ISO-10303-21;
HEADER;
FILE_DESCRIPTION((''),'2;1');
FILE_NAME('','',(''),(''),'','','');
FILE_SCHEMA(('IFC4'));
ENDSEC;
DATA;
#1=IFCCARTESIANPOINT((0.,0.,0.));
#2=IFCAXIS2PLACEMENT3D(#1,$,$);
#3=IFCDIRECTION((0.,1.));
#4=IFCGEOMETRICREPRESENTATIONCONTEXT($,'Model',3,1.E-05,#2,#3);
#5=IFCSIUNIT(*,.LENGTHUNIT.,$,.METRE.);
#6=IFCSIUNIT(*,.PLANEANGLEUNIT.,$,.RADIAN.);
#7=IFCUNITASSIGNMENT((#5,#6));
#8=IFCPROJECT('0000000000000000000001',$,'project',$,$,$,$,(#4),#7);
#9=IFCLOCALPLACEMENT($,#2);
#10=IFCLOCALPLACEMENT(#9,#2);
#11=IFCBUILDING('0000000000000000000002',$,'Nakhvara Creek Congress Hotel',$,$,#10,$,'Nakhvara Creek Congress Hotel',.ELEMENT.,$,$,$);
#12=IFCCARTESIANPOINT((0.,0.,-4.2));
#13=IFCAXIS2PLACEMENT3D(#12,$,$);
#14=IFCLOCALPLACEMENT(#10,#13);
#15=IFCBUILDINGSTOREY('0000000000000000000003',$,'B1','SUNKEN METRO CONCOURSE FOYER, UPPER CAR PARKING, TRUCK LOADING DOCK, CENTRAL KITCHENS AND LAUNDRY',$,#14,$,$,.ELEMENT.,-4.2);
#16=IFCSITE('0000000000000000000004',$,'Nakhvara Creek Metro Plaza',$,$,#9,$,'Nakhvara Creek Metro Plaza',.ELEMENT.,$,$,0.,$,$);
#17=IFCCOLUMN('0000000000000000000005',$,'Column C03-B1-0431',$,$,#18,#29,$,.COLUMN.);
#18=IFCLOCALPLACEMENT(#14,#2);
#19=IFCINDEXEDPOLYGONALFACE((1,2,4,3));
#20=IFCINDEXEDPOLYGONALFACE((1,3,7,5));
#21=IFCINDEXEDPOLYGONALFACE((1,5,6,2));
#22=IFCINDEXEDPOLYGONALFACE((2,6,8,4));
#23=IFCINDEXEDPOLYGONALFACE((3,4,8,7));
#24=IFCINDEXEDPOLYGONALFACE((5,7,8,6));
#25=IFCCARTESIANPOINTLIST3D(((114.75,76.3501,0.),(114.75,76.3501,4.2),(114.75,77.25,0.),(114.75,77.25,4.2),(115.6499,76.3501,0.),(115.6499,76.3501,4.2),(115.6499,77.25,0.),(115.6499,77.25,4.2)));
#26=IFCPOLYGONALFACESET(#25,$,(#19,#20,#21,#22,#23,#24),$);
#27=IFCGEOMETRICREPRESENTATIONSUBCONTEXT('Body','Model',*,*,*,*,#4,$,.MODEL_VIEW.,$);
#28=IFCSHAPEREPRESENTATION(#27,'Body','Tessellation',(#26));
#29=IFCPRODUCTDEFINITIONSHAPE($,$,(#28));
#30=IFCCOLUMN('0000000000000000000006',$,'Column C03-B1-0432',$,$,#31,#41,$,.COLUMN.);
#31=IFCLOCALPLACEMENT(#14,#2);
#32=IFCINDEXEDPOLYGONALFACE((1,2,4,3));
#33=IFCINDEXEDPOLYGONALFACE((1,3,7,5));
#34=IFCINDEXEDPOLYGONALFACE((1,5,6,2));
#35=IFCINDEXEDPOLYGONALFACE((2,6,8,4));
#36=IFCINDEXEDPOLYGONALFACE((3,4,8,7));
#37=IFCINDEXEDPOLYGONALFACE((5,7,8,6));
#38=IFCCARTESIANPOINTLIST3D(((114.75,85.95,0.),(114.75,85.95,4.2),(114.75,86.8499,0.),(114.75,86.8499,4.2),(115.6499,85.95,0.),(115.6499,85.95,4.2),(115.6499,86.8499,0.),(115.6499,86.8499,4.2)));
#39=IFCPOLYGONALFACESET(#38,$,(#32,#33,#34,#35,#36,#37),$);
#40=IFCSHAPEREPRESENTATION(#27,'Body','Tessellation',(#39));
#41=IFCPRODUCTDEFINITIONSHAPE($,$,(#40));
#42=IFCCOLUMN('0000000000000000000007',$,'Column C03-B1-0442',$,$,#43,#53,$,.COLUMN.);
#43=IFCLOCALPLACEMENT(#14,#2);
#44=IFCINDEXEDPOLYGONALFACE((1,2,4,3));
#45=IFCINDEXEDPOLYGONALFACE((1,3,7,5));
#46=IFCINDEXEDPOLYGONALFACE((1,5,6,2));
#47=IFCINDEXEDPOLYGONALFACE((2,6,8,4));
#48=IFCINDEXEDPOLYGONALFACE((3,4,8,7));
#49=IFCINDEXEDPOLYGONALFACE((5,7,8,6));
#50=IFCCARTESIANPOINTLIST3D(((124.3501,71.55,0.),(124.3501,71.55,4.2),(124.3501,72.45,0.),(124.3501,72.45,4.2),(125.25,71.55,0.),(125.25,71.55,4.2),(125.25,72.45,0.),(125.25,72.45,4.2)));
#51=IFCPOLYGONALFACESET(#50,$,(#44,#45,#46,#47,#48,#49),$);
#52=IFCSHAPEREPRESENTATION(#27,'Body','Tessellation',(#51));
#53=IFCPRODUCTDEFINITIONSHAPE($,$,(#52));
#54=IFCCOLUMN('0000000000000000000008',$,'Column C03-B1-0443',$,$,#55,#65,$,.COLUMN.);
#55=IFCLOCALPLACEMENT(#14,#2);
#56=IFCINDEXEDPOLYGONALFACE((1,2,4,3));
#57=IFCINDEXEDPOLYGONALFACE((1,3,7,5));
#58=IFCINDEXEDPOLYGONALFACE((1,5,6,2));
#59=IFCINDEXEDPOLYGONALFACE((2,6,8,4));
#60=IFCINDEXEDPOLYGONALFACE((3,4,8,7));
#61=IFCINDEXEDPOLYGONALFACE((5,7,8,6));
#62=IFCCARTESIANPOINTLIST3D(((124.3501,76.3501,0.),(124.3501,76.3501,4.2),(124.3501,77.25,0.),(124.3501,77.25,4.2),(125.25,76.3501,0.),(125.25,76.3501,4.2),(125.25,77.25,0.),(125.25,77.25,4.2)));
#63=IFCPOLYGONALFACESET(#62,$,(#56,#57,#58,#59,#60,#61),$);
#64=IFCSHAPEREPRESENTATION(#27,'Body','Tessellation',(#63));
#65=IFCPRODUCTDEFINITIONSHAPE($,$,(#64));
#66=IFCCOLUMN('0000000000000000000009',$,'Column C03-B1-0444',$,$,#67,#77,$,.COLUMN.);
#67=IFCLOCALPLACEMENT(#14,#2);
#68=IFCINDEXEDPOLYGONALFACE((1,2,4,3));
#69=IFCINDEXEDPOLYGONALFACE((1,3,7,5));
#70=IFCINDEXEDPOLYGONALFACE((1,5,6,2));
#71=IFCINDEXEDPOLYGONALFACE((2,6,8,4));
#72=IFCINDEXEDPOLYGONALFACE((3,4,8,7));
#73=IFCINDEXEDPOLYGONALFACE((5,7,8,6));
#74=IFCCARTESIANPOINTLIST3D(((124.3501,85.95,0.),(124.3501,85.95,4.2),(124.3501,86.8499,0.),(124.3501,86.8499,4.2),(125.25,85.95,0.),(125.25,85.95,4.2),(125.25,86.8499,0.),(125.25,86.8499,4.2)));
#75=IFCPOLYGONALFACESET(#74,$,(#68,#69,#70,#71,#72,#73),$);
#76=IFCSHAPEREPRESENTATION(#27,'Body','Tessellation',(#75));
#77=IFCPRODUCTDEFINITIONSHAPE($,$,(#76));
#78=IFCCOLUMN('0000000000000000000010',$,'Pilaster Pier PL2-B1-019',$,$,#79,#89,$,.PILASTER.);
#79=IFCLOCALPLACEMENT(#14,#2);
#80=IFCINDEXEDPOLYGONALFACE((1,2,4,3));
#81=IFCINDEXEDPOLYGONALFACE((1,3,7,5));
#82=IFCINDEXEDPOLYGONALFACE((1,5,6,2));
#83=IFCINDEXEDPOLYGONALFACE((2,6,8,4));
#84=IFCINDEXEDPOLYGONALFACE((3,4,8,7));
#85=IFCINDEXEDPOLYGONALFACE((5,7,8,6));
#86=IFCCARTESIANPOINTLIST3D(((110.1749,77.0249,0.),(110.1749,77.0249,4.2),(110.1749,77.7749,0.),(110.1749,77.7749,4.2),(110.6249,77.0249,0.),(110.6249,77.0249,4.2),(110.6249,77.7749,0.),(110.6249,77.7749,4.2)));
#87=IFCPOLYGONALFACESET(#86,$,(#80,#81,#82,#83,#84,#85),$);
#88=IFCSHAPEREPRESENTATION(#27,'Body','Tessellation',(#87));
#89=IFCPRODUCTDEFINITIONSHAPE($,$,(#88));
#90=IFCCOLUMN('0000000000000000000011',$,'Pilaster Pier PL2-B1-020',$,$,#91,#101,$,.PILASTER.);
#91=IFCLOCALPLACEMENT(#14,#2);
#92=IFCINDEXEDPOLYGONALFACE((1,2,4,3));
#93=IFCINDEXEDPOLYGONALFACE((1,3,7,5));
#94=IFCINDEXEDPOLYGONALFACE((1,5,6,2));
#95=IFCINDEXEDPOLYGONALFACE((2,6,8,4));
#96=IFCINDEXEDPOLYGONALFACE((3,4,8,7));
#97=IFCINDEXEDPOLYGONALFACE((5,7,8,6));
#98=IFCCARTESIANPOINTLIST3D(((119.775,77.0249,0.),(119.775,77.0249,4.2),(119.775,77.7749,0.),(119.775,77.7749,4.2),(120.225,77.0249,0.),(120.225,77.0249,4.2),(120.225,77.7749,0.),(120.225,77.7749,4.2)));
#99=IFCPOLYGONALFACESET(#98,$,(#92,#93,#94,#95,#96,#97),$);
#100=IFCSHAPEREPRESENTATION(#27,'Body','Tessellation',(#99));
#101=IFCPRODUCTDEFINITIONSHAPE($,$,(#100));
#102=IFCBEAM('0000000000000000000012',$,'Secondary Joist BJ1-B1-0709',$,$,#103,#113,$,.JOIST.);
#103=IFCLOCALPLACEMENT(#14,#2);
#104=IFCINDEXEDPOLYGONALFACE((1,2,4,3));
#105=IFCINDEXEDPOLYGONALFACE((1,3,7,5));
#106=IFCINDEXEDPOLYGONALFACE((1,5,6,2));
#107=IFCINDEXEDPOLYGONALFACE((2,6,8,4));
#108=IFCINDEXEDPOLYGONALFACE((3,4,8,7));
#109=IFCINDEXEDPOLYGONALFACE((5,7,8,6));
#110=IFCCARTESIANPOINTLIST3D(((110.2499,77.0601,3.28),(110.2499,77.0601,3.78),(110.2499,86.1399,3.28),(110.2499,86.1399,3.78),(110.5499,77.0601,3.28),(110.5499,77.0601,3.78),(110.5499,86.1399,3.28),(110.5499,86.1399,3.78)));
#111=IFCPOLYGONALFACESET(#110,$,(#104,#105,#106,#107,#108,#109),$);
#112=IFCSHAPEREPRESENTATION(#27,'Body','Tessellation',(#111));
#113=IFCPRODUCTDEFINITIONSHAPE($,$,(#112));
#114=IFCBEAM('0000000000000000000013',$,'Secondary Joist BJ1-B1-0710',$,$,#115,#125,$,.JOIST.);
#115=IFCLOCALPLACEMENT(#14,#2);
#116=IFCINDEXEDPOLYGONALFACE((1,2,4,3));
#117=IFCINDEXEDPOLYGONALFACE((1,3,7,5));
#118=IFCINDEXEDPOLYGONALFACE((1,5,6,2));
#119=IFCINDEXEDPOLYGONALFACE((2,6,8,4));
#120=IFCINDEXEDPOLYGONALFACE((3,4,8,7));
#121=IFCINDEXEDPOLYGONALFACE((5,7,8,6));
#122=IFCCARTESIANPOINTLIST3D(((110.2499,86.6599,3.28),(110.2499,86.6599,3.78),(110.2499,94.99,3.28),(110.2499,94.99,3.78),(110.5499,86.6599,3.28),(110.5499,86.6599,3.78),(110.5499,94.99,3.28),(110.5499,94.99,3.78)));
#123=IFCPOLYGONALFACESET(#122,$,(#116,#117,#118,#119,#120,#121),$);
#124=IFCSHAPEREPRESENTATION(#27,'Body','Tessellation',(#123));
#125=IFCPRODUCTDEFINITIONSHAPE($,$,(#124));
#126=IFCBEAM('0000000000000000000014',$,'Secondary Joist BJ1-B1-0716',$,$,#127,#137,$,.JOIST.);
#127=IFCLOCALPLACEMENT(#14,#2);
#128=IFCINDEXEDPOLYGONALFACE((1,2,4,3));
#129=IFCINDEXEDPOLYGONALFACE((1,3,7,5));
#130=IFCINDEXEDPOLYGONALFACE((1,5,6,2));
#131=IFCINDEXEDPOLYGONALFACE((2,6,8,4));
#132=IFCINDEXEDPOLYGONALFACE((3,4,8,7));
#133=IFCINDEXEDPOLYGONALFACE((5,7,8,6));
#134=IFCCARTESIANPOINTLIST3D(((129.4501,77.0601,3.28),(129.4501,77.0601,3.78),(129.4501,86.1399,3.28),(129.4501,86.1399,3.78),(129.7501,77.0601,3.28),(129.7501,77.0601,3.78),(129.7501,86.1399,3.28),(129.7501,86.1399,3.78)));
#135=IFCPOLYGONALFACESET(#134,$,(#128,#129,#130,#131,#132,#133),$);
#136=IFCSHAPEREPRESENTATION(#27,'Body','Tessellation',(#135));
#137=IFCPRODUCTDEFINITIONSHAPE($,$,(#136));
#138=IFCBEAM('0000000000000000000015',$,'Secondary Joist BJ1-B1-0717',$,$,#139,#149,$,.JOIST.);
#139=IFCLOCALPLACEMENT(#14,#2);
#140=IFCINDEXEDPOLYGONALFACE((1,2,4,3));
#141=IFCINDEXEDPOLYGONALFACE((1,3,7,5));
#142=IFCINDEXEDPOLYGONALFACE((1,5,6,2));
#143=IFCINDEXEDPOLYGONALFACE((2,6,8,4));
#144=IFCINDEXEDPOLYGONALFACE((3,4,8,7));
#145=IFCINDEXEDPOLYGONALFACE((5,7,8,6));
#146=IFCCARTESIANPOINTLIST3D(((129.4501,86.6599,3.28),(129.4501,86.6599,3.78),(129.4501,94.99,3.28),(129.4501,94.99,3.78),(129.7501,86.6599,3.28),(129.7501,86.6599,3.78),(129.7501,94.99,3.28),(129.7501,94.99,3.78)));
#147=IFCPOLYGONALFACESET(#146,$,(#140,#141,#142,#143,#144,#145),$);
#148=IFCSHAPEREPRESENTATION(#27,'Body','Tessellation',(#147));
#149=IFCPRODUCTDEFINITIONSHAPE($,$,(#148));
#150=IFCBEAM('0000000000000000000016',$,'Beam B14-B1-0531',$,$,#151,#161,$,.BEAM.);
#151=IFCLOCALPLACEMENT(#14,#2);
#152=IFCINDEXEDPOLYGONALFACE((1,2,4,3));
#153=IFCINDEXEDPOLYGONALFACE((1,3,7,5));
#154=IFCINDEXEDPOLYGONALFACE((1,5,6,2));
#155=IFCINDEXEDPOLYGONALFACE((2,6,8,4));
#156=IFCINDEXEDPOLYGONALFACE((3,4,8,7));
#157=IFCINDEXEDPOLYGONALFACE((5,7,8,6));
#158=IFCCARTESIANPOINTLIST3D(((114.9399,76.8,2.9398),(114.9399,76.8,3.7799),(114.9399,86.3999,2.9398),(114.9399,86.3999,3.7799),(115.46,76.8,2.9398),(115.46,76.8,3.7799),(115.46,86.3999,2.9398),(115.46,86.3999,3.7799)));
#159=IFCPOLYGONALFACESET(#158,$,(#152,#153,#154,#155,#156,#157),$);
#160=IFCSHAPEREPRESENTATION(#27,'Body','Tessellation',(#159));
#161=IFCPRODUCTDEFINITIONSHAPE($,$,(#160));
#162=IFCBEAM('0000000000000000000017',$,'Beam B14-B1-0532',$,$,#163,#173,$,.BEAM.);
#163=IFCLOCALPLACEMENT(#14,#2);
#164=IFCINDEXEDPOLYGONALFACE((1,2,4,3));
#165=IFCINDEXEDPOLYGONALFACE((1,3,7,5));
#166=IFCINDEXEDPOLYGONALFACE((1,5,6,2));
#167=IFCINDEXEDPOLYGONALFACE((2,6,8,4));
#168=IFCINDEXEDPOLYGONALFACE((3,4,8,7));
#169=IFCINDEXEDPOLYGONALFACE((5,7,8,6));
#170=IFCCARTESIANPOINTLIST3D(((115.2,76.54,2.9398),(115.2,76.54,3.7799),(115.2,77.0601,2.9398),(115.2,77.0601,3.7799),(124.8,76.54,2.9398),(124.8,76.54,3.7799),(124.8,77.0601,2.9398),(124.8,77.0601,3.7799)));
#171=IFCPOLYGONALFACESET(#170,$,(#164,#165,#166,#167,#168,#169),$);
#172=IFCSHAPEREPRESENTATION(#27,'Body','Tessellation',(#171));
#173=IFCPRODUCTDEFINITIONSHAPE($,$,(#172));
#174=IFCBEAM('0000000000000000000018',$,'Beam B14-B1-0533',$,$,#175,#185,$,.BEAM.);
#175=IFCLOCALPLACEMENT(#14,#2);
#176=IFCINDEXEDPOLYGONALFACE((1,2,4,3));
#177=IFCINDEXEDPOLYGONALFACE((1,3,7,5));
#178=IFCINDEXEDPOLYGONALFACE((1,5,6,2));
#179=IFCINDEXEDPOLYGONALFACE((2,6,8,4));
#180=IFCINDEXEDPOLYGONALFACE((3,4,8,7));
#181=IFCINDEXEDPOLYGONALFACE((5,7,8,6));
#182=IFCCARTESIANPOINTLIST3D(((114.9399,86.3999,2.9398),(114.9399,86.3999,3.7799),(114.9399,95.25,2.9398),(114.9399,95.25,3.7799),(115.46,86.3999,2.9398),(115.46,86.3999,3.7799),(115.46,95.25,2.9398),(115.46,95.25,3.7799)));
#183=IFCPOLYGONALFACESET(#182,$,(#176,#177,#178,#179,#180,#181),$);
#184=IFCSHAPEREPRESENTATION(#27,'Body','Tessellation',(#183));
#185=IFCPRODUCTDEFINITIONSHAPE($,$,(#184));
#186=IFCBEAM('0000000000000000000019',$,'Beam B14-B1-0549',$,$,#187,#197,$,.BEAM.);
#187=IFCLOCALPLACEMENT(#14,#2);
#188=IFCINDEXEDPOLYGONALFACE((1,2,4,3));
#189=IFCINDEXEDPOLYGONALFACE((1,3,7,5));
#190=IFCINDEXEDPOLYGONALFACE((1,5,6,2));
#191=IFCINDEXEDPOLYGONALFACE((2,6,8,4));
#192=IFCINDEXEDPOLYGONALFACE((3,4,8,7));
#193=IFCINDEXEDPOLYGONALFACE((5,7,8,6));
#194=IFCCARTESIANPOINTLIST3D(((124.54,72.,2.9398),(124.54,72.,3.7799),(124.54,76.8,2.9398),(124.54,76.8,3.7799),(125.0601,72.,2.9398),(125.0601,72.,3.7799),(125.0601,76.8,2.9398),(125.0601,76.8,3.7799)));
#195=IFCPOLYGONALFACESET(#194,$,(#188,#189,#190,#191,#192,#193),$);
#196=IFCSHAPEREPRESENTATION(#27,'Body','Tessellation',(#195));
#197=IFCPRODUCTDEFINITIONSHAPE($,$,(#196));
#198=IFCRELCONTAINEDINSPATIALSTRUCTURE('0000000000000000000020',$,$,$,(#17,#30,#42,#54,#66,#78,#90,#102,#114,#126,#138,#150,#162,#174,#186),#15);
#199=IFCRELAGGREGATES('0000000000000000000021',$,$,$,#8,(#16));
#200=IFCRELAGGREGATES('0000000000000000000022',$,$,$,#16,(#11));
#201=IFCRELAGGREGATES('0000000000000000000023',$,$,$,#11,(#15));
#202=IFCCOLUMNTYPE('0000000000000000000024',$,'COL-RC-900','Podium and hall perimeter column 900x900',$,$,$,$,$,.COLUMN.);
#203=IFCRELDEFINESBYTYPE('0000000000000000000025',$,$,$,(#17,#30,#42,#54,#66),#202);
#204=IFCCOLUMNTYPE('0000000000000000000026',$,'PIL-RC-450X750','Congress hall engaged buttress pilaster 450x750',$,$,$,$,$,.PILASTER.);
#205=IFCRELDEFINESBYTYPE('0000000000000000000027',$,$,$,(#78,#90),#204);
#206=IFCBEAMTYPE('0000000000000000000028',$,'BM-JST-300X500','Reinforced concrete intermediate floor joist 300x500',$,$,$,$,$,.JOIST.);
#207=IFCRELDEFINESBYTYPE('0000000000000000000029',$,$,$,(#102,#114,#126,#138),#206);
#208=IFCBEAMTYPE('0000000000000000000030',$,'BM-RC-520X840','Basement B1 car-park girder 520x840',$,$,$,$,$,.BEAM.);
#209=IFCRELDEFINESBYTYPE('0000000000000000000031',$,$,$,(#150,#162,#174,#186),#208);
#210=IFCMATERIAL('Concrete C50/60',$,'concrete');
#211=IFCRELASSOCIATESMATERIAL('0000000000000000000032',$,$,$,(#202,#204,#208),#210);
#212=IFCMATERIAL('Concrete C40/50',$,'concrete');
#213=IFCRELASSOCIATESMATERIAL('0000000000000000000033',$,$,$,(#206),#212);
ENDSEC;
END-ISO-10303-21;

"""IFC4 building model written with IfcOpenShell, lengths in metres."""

from ifc_helpers import new_model, si_unit, direction, frame, origin, origin_2d, place, context, subcontext, project, spatial, rectangle, extrude, material, material_profile, profile_set, type_object, element, save


model = new_model("IFC4")

# Units and contexts
model_context = context("Model", 3, precision=1e-05, world=origin(), true_north=direction((0.0, 1.0)))
body_context = subcontext(model_context, "Body", "Model", "MODEL_VIEW")
ifc_project = project(units=[si_unit("LENGTHUNIT", "METRE"), si_unit("PLANEANGLEUNIT", "RADIAN")], contexts=[model_context])

# Site, building, storey
site_placement = place(None, origin())
site = spatial("IfcSite", under=ifc_project, at=site_placement, Name="Nakhvara Creek Metro Plaza", LongName="Nakhvara Creek Metro Plaza", CompositionType="ELEMENT", RefElevation=0.0)
building_placement = place(site_placement, origin())
building = spatial("IfcBuilding", under=site, at=building_placement, Name="Nakhvara Creek Congress Hotel", LongName="Nakhvara Creek Congress Hotel", CompositionType="ELEMENT")
storey_placement = place(building_placement, frame((0.0, 0.0, -4.2)))
storey = spatial("IfcBuildingStorey", under=building, at=storey_placement, Name="B1", Description="SUNKEN METRO CONCOURSE FOYER, UPPER CAR PARKING, TRUCK LOADING DOCK, CENTRAL KITCHENS AND LAUNDRY", CompositionType="ELEMENT", Elevation=-4.2)

# Columns
ifc_material_1 = material(Name="Concrete C50/60", Category="concrete")
ifc_material_profile_1 = material_profile(ifc_material_1, rectangle(XDim=0.8999, YDim=0.8999, at=origin_2d()), Name="RC-COL 900x900", Category="LoadBearing")
ifc_profile_set_1 = profile_set([ifc_material_profile_1], Name="Concrete C50/60")
column_type_1 = type_object("IfcColumnType", Name="COL-RC-900", Description="Podium and hall perimeter column 900x900", PredefinedType="COLUMN", material=ifc_profile_set_1)
for number, where, z_axis, x_axis, name in (
    (1, (115.2, 76.8, 0.0), (0.0, 0.0, 1.0), (1.0, 0.0, 0.0), "Column C03-B1-0431"),
    (2, (115.2, 86.3999, 0.0), (0.0, 0.0, 1.0), (1.0, 0.0, 0.0), "Column C03-B1-0432"),
    (3, (124.8, 72.0, 0.0), (0.0, 0.0, 1.0), (1.0, 0.0, 0.0), "Column C03-B1-0442"),
    (4, (124.8, 76.8, 0.0), (0.0, 0.0, 1.0), (1.0, 0.0, 0.0), "Column C03-B1-0443"),
    (5, (124.8, 86.3999, 0.0), (0.0, 0.0, 1.0), (1.0, 0.0, 0.0), "Column C03-B1-0444"),
):
    element("IfcColumn", number, at=place(storey_placement, frame(where, z_axis=z_axis, x_axis=x_axis)), inside=storey, type_object=column_type_1, Name=name, PredefinedType="COLUMN", context=body_context, shape_type="SweptSolid", body=[
        extrude(rectangle(XDim=0.8999, YDim=0.8999, at=origin_2d()), origin(), (0.0, 0.0, 1.0), 4.2),
    ])
ifc_material_profile_2 = material_profile(ifc_material_1, rectangle(XDim=0.45, YDim=0.75, at=origin_2d()), Name="RC-PIL 450x750", Category="LoadBearing")
ifc_profile_set_2 = profile_set([ifc_material_profile_2], Name="Concrete C50/60")
column_type_2 = type_object("IfcColumnType", Name="PIL-RC-450X750", Description="Congress hall engaged buttress pilaster 450x750", PredefinedType="PILASTER", material=ifc_profile_set_2)
for number, where, z_axis, x_axis, name in (
    (6, (110.3999, 77.3999, 0.0), (0.0, 0.0, 1.0), (1.0, 0.0, 0.0), "Pilaster Pier PL2-B1-019"),
    (7, (120.0, 77.3999, 0.0), (0.0, 0.0, 1.0), (1.0, 0.0, 0.0), "Pilaster Pier PL2-B1-020"),
):
    element("IfcColumn", number, at=place(storey_placement, frame(where, z_axis=z_axis, x_axis=x_axis)), inside=storey, type_object=column_type_2, Name=name, PredefinedType="PILASTER", context=body_context, shape_type="SweptSolid", body=[
        extrude(rectangle(XDim=0.45, YDim=0.75, at=origin_2d()), origin(), (0.0, 0.0, 1.0), 4.2),
    ])

# Beams
ifc_material_2 = material(Name="Concrete C40/50", Category="concrete")
ifc_material_profile_3 = material_profile(ifc_material_2, rectangle(XDim=0.3, YDim=0.5, at=origin_2d()), Name="RC-BM 300x500", Category="LoadBearing")
ifc_profile_set_3 = profile_set([ifc_material_profile_3], Name="Concrete C40/50")
beam_type_1 = type_object("IfcBeamType", Name="BM-JST-300X500", Description="Reinforced concrete intermediate floor joist 300x500", PredefinedType="JOIST", material=ifc_profile_set_3)
beam_1_placement = place(storey_placement, frame((110.3999, 77.0601, 3.53), z_axis=(0.0, 1.0, 0.0), x_axis=(-1.0, 0.0, 0.0)))
element("IfcBeam", 8, at=beam_1_placement, inside=storey, type_object=beam_type_1, Name="Secondary Joist BJ1-B1-0709", PredefinedType="JOIST", context=body_context, shape_type="SweptSolid", body=[
    extrude(rectangle(XDim=0.3, YDim=0.5, at=origin_2d()), origin(), (0.0, 0.0, 1.0), 9.0798),
])
beam_2_placement = place(storey_placement, frame((110.3999, 86.6599, 3.53), z_axis=(0.0, 1.0, 0.0), x_axis=(-1.0, 0.0, 0.0)))
element("IfcBeam", 9, at=beam_2_placement, inside=storey, type_object=beam_type_1, Name="Secondary Joist BJ1-B1-0710", PredefinedType="JOIST", context=body_context, shape_type="SweptSolid", body=[
    extrude(rectangle(XDim=0.3, YDim=0.5, at=origin_2d()), origin(), (0.0, 0.0, 1.0), 8.3301),
])
beam_3_placement = place(storey_placement, frame((129.6001, 77.0601, 3.53), z_axis=(0.0, 1.0, 0.0), x_axis=(-1.0, 0.0, 0.0)))
element("IfcBeam", 10, at=beam_3_placement, inside=storey, type_object=beam_type_1, Name="Secondary Joist BJ1-B1-0716", PredefinedType="JOIST", context=body_context, shape_type="SweptSolid", body=[
    extrude(rectangle(XDim=0.3, YDim=0.5, at=origin_2d()), origin(), (0.0, 0.0, 1.0), 9.0798),
])
beam_4_placement = place(storey_placement, frame((129.6001, 86.6599, 3.53), z_axis=(0.0, 1.0, 0.0), x_axis=(-1.0, 0.0, 0.0)))
element("IfcBeam", 11, at=beam_4_placement, inside=storey, type_object=beam_type_1, Name="Secondary Joist BJ1-B1-0717", PredefinedType="JOIST", context=body_context, shape_type="SweptSolid", body=[
    extrude(rectangle(XDim=0.3, YDim=0.5, at=origin_2d()), origin(), (0.0, 0.0, 1.0), 8.3301),
])
ifc_material_profile_4 = material_profile(ifc_material_1, rectangle(XDim=0.52, YDim=0.8401, at=origin_2d()), Name="RC-BM 520x840", Category="LoadBearing")
ifc_profile_set_4 = profile_set([ifc_material_profile_4], Name="Concrete C50/60")
beam_type_2 = type_object("IfcBeamType", Name="BM-RC-520X840", Description="Basement B1 car-park girder 520x840", PredefinedType="BEAM", material=ifc_profile_set_4)
beam_5_placement = place(storey_placement, frame((115.2, 76.8, 3.3599), z_axis=(0.0, 1.0, 0.0), x_axis=(-1.0, 0.0, 0.0)))
element("IfcBeam", 12, at=beam_5_placement, inside=storey, type_object=beam_type_2, Name="Beam B14-B1-0531", PredefinedType="BEAM", context=body_context, shape_type="SweptSolid", body=[
    extrude(rectangle(XDim=0.52, YDim=0.8401, at=origin_2d()), origin(), (0.0, 0.0, 1.0), 9.5999),
])
beam_6_placement = place(storey_placement, frame((115.2, 76.8, 3.3599), z_axis=(1.0, 0.0, 0.0), x_axis=(0.0, 1.0, 0.0)))
element("IfcBeam", 13, at=beam_6_placement, inside=storey, type_object=beam_type_2, Name="Beam B14-B1-0532", PredefinedType="BEAM", context=body_context, shape_type="SweptSolid", body=[
    extrude(rectangle(XDim=0.52, YDim=0.8401, at=origin_2d()), origin(), (0.0, 0.0, 1.0), 9.6001),
])
beam_7_placement = place(storey_placement, frame((115.2, 86.3999, 3.3599), z_axis=(0.0, 1.0, 0.0), x_axis=(-1.0, 0.0, 0.0)))
element("IfcBeam", 14, at=beam_7_placement, inside=storey, type_object=beam_type_2, Name="Beam B14-B1-0533", PredefinedType="BEAM", context=body_context, shape_type="SweptSolid", body=[
    extrude(rectangle(XDim=0.52, YDim=0.8401, at=origin_2d()), origin(), (0.0, 0.0, 1.0), 8.8501),
])
beam_8_placement = place(storey_placement, frame((124.8, 72.0, 3.3599), z_axis=(0.0, 1.0, 0.0), x_axis=(-1.0, 0.0, 0.0)))
element("IfcBeam", 15, at=beam_8_placement, inside=storey, type_object=beam_type_2, Name="Beam B14-B1-0549", PredefinedType="BEAM", context=body_context, shape_type="SweptSolid", body=[
    extrude(rectangle(XDim=0.52, YDim=0.8401, at=origin_2d()), origin(), (0.0, 0.0, 1.0), 4.8),
])

save(model, "model.ifc")
